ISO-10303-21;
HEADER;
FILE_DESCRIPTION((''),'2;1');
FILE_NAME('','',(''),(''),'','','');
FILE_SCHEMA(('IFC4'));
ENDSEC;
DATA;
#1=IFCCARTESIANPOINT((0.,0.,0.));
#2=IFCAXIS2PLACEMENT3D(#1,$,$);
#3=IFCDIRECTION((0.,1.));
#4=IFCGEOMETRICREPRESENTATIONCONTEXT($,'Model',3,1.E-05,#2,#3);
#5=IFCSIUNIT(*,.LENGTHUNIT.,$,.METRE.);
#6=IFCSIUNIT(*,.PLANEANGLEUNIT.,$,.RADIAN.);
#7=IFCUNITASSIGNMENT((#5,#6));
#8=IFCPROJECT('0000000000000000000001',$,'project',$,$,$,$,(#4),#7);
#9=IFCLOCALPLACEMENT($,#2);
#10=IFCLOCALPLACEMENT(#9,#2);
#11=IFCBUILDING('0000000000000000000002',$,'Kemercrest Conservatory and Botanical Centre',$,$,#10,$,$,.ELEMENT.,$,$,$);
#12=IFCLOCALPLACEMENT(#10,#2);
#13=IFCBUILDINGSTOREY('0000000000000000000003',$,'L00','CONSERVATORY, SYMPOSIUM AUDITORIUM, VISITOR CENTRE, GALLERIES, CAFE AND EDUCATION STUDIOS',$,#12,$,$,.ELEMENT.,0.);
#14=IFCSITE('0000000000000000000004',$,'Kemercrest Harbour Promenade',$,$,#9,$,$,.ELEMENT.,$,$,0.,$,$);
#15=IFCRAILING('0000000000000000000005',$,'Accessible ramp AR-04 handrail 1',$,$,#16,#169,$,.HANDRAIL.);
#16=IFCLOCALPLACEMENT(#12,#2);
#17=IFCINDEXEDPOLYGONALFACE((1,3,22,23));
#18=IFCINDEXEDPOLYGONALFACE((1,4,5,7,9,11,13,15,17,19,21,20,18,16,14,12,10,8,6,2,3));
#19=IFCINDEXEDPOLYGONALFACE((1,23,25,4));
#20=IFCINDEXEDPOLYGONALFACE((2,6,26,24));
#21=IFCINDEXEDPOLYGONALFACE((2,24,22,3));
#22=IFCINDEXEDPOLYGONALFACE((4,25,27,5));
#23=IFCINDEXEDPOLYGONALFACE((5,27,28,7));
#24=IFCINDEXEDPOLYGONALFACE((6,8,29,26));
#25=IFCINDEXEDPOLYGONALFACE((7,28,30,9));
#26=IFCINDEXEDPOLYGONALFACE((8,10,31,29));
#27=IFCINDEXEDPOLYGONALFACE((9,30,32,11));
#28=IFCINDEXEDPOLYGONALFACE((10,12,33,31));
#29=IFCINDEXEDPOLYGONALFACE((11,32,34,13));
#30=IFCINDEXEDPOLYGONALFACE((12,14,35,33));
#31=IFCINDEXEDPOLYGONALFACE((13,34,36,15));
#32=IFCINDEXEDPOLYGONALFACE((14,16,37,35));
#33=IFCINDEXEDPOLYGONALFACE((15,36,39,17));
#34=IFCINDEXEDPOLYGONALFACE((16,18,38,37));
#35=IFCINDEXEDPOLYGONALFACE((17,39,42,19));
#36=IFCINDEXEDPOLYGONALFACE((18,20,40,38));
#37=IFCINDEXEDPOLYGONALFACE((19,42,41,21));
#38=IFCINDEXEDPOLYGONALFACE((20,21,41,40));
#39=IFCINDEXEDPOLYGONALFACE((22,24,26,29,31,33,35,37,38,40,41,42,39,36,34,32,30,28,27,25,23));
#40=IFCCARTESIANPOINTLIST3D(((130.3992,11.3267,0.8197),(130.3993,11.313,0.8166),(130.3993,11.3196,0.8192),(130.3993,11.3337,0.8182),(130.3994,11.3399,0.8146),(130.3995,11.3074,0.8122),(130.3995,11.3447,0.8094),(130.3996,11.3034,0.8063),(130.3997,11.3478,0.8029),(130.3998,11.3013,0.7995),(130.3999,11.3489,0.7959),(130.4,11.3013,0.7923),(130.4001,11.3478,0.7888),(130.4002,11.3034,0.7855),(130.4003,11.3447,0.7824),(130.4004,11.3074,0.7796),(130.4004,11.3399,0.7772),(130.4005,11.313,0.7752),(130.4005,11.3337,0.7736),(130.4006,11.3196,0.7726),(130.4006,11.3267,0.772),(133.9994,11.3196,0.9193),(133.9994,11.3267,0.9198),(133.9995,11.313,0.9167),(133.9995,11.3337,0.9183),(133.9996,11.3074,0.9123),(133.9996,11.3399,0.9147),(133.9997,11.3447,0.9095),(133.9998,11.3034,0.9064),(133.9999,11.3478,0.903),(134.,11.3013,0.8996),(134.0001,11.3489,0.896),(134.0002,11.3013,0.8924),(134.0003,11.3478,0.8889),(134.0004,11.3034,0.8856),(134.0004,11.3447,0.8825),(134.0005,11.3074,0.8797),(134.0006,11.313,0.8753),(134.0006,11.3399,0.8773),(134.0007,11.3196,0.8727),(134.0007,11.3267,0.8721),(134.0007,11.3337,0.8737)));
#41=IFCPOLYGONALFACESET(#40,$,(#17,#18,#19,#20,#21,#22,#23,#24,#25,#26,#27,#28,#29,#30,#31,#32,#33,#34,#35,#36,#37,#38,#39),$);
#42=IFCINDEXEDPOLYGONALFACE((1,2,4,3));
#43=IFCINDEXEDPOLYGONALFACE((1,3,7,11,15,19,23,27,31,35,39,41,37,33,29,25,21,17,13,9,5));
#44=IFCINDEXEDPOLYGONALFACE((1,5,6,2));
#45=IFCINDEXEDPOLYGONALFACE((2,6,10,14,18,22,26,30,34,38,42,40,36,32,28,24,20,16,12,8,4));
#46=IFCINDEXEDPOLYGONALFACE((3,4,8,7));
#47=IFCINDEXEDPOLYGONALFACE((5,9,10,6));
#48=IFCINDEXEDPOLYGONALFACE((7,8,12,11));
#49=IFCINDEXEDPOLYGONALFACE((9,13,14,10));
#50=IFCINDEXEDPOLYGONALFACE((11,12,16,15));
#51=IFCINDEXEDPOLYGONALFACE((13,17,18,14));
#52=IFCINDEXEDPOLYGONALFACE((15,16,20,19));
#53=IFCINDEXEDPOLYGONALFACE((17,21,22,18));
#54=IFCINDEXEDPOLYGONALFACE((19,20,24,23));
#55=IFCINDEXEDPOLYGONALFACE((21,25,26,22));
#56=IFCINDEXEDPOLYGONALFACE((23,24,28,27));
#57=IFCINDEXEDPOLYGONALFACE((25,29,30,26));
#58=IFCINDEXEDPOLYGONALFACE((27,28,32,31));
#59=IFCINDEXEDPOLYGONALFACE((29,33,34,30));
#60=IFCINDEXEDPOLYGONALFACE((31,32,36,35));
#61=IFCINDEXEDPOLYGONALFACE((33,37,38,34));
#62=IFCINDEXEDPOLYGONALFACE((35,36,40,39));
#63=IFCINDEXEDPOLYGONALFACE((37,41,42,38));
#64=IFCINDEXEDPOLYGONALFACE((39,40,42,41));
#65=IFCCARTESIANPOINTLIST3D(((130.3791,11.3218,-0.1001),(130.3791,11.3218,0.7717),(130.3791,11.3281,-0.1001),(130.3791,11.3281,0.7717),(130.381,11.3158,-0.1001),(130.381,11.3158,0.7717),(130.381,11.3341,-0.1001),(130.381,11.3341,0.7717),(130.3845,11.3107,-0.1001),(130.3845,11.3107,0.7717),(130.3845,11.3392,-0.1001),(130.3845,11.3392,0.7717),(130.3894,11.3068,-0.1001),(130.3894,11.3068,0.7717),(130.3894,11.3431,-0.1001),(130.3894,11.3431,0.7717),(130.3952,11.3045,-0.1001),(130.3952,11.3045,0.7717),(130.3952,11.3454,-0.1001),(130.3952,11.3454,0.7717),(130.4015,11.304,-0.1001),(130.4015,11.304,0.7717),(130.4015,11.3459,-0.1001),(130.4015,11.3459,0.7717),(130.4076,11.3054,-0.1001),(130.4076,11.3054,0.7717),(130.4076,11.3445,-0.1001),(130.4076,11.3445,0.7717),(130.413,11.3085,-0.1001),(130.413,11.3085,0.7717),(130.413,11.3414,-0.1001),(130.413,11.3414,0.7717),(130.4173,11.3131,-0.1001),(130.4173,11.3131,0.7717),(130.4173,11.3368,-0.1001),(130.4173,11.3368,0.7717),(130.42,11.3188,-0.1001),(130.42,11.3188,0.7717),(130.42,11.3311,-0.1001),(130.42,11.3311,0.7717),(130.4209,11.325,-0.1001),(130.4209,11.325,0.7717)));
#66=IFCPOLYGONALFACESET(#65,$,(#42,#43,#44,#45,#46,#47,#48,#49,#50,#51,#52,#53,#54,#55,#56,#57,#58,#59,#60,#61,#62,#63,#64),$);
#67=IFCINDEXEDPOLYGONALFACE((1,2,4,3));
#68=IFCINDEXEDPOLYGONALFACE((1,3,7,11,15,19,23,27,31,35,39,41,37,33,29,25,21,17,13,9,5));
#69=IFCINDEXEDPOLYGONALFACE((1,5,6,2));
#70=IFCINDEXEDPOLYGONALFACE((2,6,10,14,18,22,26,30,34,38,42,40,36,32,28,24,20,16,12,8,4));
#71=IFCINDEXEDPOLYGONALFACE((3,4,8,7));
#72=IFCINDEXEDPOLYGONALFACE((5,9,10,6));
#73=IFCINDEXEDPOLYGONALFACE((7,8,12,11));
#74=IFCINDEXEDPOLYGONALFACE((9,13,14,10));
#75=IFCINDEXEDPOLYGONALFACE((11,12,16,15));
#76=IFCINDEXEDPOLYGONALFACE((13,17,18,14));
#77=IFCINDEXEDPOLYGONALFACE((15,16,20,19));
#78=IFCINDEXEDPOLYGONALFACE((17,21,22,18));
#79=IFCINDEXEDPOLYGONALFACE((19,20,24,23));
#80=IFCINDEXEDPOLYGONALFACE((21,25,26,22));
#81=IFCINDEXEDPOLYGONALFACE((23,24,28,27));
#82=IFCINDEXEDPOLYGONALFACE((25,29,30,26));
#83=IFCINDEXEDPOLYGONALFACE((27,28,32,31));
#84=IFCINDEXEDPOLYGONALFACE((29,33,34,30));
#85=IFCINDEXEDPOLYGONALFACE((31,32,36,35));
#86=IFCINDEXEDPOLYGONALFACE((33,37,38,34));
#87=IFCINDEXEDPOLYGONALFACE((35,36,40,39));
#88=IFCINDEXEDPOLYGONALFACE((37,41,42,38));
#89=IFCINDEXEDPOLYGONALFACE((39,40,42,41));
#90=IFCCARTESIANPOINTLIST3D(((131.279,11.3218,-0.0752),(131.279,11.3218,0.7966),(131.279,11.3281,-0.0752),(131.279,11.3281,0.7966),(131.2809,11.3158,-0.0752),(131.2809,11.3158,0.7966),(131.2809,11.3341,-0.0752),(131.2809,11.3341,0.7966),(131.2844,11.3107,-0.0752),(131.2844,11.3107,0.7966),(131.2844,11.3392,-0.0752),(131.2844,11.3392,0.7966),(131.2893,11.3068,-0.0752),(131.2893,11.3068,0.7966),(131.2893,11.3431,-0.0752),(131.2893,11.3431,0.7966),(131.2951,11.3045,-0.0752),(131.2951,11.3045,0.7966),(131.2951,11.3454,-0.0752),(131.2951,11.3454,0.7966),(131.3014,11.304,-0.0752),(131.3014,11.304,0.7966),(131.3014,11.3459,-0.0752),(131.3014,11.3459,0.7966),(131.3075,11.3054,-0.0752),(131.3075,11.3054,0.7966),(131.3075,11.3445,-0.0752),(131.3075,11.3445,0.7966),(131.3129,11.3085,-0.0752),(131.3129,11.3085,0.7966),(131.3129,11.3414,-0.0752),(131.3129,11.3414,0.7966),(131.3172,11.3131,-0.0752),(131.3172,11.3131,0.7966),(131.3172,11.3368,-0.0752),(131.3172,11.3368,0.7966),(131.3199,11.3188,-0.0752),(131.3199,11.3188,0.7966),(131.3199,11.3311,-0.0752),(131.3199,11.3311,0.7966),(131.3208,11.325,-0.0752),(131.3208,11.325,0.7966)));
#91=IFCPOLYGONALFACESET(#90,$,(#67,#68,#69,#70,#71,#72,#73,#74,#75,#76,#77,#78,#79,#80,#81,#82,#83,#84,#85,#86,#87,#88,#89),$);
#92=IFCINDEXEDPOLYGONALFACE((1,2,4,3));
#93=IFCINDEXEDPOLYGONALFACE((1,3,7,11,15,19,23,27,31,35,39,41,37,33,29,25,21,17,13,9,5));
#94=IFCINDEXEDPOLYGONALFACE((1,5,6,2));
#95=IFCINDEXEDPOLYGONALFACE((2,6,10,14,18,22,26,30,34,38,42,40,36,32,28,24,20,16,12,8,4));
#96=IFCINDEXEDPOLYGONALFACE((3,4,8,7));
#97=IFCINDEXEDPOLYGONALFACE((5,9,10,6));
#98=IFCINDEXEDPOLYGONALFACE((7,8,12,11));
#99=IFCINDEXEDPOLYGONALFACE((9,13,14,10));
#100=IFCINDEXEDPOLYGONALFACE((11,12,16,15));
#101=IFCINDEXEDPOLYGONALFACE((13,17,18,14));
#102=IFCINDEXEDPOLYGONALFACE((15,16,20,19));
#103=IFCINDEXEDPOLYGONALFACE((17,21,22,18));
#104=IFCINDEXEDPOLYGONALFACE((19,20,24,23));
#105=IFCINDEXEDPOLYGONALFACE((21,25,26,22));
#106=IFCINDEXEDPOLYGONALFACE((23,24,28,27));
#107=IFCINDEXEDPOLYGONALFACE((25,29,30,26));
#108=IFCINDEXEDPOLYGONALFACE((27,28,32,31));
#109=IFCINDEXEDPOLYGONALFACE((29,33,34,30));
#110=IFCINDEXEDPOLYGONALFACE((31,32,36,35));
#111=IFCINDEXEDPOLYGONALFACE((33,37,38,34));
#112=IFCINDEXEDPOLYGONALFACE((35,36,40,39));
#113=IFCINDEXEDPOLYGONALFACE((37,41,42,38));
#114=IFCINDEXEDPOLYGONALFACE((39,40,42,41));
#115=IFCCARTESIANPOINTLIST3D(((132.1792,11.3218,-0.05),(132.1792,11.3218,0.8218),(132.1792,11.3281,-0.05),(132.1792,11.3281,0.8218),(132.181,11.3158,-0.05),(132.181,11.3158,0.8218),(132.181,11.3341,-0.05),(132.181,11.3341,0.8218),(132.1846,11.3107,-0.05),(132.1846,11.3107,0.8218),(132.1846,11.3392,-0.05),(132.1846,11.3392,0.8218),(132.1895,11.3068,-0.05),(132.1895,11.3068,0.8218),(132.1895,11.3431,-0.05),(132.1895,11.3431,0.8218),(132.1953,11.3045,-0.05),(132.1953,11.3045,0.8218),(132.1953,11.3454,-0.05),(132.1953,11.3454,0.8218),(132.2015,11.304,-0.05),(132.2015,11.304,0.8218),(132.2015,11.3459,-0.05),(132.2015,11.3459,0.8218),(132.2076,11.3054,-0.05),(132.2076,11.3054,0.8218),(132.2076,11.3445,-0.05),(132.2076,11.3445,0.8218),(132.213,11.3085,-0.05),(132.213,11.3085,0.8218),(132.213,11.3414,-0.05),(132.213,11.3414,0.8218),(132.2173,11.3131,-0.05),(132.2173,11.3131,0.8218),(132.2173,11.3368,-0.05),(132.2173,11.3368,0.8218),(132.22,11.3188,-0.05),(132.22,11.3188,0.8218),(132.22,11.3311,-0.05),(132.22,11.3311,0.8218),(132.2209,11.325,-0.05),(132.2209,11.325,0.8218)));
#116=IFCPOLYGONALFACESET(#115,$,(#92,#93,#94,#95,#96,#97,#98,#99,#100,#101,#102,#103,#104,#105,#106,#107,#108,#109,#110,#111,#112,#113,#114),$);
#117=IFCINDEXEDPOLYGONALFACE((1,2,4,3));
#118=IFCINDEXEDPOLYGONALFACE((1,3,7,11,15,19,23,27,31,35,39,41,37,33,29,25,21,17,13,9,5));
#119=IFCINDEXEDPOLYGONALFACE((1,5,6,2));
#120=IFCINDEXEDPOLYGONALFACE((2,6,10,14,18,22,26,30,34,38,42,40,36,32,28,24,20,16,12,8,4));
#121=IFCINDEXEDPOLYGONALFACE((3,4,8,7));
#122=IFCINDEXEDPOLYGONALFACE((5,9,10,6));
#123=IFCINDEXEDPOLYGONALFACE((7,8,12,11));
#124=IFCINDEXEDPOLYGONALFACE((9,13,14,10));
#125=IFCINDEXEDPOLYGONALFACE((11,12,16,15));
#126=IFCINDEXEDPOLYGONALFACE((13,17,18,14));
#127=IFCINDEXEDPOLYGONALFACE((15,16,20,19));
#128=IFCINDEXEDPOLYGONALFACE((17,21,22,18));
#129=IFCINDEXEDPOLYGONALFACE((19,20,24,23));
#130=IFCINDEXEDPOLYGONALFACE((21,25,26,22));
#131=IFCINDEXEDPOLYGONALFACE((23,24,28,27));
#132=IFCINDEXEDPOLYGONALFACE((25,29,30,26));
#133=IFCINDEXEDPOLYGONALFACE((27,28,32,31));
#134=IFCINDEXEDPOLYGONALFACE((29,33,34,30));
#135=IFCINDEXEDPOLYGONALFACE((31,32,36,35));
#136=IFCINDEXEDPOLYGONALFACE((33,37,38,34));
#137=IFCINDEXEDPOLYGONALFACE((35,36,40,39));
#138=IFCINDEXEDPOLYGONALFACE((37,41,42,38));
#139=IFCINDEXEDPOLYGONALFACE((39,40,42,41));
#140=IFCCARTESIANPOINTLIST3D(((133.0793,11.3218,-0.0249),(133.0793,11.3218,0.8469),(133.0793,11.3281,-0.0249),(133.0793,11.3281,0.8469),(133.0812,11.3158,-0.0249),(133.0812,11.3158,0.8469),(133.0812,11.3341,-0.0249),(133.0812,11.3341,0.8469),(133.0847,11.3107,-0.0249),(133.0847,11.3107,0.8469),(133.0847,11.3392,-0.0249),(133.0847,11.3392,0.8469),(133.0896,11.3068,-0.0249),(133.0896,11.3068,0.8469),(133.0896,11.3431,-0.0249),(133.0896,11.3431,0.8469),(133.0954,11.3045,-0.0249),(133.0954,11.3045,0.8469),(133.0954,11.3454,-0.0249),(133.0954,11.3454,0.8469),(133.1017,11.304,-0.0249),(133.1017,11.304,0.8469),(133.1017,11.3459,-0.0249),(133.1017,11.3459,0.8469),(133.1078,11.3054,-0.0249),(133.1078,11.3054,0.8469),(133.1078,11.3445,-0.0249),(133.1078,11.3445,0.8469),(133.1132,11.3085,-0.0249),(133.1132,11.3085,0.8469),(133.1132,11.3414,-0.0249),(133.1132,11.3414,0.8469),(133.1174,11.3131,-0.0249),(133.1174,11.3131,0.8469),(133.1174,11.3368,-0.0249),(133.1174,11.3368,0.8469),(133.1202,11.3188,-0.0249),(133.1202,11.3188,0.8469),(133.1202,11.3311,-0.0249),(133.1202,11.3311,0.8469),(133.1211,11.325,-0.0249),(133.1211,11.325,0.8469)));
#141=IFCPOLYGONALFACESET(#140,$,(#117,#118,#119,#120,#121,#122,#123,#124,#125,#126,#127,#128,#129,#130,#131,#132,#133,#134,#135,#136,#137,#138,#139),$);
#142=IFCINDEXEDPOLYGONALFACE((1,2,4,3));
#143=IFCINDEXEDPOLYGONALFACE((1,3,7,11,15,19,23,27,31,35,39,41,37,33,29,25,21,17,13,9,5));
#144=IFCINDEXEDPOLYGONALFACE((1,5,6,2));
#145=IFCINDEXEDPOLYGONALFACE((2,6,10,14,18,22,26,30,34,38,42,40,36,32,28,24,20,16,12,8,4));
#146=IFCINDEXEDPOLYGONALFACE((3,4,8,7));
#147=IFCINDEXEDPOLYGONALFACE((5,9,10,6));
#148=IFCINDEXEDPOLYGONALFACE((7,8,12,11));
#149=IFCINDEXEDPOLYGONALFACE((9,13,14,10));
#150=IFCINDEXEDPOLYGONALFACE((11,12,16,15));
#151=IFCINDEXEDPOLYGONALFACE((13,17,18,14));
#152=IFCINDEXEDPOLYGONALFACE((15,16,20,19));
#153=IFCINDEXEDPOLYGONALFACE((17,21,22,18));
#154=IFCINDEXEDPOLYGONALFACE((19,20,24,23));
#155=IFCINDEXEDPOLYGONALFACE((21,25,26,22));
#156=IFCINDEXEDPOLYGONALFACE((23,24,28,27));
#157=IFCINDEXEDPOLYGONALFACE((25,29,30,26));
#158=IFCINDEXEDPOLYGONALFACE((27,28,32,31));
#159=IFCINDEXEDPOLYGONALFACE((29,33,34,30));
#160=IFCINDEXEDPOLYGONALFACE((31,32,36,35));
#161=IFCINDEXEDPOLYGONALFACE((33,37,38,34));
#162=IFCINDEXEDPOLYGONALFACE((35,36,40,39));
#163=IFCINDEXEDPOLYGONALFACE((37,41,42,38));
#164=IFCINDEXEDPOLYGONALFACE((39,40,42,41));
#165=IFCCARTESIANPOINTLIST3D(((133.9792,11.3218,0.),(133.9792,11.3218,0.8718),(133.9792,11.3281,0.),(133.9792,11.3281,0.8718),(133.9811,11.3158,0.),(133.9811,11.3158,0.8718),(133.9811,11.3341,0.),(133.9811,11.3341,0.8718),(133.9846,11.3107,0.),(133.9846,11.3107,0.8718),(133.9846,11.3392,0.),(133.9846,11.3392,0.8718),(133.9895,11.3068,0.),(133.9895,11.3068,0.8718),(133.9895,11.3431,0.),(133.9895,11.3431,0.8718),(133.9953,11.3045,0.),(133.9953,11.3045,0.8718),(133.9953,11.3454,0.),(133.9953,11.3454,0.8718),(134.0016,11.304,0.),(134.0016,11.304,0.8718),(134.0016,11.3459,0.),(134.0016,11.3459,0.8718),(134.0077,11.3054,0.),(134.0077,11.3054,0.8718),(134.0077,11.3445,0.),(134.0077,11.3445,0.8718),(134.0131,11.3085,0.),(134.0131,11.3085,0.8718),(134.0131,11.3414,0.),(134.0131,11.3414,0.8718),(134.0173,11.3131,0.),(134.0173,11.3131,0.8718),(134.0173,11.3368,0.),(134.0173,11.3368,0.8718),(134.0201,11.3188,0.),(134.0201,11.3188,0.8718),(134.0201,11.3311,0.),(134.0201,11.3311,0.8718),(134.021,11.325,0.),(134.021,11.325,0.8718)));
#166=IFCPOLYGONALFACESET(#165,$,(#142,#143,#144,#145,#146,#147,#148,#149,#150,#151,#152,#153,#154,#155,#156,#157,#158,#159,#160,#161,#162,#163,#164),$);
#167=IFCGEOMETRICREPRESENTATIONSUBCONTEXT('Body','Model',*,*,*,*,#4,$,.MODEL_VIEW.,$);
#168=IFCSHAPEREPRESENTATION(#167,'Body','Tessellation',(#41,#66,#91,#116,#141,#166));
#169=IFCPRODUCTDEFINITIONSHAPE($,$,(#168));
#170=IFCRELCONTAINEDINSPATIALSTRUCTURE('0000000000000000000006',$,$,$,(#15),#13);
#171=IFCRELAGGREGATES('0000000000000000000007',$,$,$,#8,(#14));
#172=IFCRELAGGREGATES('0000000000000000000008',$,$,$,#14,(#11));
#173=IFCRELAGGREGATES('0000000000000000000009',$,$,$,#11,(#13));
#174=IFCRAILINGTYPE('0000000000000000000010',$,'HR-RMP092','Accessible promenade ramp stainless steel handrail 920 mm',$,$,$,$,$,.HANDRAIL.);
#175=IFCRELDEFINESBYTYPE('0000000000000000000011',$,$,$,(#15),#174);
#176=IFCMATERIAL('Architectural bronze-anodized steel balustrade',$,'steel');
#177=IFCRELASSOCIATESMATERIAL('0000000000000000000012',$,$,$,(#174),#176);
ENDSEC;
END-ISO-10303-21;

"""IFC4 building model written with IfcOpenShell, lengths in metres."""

from ifc_helpers import new_model, si_unit, direction, frame, origin, origin_2d, place, context, subcontext, project, spatial, circle, extrude, material, type_object, element, save


model = new_model("IFC4")

# Units and contexts
model_context = context("Model", 3, precision=1e-05, world=origin(), true_north=direction((0.0, 1.0)))
body_context = subcontext(model_context, "Body", "Model", "MODEL_VIEW")
ifc_project = project(units=[si_unit("LENGTHUNIT", "METRE"), si_unit("PLANEANGLEUNIT", "RADIAN")], contexts=[model_context])

# Site, building, storey
site_placement = place(None, origin())
site = spatial("IfcSite", under=ifc_project, at=site_placement, Name="Kemercrest Harbour Promenade", CompositionType="ELEMENT", RefElevation=0.0)
building_placement = place(site_placement, origin())
building = spatial("IfcBuilding", under=site, at=building_placement, Name="Kemercrest Conservatory and Botanical Centre", CompositionType="ELEMENT")
storey_placement = place(building_placement, origin())
storey = spatial("IfcBuildingStorey", under=building, at=storey_placement, Name="L00", Description="CONSERVATORY, SYMPOSIUM AUDITORIUM, VISITOR CENTRE, GALLERIES, CAFE AND EDUCATION STUDIOS", CompositionType="ELEMENT", Elevation=0.0)

# Railing
ifc_material_1 = material(Name="Architectural bronze-anodized steel balustrade", Category="steel")
railing_type = type_object("IfcRailingType", Name="HR-RMP092", Description="Accessible promenade ramp stainless steel handrail 920 mm", PredefinedType="HANDRAIL", material=ifc_material_1)
for number, where, name in (
    (1, (130.3999, 11.325, -0.1001), "Accessible ramp AR-04 handrail 1"),
):
    element("IfcRailing", number, at=place(storey_placement, frame(where)), inside=storey, type_object=railing_type, Name=name, PredefinedType="HANDRAIL", context=body_context, shape_type="SweptSolid", body=[
        extrude(circle(Radius=0.0239, at=origin_2d()), frame((0.0, 0.0, 0.896), z_axis=(0.999614, 0.0, 0.027793), x_axis=(0.0, 1.0, 0.0)), (0.0, 0.0, 1.0), 3.6016),
        extrude(circle(Radius=0.021, at=origin_2d()), origin(), (0.0, 0.0, 1.0), 0.8718),
        extrude(circle(Radius=0.021, at=origin_2d()), frame((0.8999, 0.0, 0.0249)), (0.0, 0.0, 1.0), 0.8718),
        extrude(circle(Radius=0.021, at=origin_2d()), frame((1.8, 0.0, 0.05)), (0.0, 0.0, 1.0), 0.8718),
        extrude(circle(Radius=0.021, at=origin_2d()), frame((2.7002, 0.0, 0.0752)), (0.0, 0.0, 1.0), 0.8718),
        extrude(circle(Radius=0.021, at=origin_2d()), frame((3.6001, 0.0, 0.1001)), (0.0, 0.0, 1.0), 0.8718),
    ])

save(model, "model.ifc")
